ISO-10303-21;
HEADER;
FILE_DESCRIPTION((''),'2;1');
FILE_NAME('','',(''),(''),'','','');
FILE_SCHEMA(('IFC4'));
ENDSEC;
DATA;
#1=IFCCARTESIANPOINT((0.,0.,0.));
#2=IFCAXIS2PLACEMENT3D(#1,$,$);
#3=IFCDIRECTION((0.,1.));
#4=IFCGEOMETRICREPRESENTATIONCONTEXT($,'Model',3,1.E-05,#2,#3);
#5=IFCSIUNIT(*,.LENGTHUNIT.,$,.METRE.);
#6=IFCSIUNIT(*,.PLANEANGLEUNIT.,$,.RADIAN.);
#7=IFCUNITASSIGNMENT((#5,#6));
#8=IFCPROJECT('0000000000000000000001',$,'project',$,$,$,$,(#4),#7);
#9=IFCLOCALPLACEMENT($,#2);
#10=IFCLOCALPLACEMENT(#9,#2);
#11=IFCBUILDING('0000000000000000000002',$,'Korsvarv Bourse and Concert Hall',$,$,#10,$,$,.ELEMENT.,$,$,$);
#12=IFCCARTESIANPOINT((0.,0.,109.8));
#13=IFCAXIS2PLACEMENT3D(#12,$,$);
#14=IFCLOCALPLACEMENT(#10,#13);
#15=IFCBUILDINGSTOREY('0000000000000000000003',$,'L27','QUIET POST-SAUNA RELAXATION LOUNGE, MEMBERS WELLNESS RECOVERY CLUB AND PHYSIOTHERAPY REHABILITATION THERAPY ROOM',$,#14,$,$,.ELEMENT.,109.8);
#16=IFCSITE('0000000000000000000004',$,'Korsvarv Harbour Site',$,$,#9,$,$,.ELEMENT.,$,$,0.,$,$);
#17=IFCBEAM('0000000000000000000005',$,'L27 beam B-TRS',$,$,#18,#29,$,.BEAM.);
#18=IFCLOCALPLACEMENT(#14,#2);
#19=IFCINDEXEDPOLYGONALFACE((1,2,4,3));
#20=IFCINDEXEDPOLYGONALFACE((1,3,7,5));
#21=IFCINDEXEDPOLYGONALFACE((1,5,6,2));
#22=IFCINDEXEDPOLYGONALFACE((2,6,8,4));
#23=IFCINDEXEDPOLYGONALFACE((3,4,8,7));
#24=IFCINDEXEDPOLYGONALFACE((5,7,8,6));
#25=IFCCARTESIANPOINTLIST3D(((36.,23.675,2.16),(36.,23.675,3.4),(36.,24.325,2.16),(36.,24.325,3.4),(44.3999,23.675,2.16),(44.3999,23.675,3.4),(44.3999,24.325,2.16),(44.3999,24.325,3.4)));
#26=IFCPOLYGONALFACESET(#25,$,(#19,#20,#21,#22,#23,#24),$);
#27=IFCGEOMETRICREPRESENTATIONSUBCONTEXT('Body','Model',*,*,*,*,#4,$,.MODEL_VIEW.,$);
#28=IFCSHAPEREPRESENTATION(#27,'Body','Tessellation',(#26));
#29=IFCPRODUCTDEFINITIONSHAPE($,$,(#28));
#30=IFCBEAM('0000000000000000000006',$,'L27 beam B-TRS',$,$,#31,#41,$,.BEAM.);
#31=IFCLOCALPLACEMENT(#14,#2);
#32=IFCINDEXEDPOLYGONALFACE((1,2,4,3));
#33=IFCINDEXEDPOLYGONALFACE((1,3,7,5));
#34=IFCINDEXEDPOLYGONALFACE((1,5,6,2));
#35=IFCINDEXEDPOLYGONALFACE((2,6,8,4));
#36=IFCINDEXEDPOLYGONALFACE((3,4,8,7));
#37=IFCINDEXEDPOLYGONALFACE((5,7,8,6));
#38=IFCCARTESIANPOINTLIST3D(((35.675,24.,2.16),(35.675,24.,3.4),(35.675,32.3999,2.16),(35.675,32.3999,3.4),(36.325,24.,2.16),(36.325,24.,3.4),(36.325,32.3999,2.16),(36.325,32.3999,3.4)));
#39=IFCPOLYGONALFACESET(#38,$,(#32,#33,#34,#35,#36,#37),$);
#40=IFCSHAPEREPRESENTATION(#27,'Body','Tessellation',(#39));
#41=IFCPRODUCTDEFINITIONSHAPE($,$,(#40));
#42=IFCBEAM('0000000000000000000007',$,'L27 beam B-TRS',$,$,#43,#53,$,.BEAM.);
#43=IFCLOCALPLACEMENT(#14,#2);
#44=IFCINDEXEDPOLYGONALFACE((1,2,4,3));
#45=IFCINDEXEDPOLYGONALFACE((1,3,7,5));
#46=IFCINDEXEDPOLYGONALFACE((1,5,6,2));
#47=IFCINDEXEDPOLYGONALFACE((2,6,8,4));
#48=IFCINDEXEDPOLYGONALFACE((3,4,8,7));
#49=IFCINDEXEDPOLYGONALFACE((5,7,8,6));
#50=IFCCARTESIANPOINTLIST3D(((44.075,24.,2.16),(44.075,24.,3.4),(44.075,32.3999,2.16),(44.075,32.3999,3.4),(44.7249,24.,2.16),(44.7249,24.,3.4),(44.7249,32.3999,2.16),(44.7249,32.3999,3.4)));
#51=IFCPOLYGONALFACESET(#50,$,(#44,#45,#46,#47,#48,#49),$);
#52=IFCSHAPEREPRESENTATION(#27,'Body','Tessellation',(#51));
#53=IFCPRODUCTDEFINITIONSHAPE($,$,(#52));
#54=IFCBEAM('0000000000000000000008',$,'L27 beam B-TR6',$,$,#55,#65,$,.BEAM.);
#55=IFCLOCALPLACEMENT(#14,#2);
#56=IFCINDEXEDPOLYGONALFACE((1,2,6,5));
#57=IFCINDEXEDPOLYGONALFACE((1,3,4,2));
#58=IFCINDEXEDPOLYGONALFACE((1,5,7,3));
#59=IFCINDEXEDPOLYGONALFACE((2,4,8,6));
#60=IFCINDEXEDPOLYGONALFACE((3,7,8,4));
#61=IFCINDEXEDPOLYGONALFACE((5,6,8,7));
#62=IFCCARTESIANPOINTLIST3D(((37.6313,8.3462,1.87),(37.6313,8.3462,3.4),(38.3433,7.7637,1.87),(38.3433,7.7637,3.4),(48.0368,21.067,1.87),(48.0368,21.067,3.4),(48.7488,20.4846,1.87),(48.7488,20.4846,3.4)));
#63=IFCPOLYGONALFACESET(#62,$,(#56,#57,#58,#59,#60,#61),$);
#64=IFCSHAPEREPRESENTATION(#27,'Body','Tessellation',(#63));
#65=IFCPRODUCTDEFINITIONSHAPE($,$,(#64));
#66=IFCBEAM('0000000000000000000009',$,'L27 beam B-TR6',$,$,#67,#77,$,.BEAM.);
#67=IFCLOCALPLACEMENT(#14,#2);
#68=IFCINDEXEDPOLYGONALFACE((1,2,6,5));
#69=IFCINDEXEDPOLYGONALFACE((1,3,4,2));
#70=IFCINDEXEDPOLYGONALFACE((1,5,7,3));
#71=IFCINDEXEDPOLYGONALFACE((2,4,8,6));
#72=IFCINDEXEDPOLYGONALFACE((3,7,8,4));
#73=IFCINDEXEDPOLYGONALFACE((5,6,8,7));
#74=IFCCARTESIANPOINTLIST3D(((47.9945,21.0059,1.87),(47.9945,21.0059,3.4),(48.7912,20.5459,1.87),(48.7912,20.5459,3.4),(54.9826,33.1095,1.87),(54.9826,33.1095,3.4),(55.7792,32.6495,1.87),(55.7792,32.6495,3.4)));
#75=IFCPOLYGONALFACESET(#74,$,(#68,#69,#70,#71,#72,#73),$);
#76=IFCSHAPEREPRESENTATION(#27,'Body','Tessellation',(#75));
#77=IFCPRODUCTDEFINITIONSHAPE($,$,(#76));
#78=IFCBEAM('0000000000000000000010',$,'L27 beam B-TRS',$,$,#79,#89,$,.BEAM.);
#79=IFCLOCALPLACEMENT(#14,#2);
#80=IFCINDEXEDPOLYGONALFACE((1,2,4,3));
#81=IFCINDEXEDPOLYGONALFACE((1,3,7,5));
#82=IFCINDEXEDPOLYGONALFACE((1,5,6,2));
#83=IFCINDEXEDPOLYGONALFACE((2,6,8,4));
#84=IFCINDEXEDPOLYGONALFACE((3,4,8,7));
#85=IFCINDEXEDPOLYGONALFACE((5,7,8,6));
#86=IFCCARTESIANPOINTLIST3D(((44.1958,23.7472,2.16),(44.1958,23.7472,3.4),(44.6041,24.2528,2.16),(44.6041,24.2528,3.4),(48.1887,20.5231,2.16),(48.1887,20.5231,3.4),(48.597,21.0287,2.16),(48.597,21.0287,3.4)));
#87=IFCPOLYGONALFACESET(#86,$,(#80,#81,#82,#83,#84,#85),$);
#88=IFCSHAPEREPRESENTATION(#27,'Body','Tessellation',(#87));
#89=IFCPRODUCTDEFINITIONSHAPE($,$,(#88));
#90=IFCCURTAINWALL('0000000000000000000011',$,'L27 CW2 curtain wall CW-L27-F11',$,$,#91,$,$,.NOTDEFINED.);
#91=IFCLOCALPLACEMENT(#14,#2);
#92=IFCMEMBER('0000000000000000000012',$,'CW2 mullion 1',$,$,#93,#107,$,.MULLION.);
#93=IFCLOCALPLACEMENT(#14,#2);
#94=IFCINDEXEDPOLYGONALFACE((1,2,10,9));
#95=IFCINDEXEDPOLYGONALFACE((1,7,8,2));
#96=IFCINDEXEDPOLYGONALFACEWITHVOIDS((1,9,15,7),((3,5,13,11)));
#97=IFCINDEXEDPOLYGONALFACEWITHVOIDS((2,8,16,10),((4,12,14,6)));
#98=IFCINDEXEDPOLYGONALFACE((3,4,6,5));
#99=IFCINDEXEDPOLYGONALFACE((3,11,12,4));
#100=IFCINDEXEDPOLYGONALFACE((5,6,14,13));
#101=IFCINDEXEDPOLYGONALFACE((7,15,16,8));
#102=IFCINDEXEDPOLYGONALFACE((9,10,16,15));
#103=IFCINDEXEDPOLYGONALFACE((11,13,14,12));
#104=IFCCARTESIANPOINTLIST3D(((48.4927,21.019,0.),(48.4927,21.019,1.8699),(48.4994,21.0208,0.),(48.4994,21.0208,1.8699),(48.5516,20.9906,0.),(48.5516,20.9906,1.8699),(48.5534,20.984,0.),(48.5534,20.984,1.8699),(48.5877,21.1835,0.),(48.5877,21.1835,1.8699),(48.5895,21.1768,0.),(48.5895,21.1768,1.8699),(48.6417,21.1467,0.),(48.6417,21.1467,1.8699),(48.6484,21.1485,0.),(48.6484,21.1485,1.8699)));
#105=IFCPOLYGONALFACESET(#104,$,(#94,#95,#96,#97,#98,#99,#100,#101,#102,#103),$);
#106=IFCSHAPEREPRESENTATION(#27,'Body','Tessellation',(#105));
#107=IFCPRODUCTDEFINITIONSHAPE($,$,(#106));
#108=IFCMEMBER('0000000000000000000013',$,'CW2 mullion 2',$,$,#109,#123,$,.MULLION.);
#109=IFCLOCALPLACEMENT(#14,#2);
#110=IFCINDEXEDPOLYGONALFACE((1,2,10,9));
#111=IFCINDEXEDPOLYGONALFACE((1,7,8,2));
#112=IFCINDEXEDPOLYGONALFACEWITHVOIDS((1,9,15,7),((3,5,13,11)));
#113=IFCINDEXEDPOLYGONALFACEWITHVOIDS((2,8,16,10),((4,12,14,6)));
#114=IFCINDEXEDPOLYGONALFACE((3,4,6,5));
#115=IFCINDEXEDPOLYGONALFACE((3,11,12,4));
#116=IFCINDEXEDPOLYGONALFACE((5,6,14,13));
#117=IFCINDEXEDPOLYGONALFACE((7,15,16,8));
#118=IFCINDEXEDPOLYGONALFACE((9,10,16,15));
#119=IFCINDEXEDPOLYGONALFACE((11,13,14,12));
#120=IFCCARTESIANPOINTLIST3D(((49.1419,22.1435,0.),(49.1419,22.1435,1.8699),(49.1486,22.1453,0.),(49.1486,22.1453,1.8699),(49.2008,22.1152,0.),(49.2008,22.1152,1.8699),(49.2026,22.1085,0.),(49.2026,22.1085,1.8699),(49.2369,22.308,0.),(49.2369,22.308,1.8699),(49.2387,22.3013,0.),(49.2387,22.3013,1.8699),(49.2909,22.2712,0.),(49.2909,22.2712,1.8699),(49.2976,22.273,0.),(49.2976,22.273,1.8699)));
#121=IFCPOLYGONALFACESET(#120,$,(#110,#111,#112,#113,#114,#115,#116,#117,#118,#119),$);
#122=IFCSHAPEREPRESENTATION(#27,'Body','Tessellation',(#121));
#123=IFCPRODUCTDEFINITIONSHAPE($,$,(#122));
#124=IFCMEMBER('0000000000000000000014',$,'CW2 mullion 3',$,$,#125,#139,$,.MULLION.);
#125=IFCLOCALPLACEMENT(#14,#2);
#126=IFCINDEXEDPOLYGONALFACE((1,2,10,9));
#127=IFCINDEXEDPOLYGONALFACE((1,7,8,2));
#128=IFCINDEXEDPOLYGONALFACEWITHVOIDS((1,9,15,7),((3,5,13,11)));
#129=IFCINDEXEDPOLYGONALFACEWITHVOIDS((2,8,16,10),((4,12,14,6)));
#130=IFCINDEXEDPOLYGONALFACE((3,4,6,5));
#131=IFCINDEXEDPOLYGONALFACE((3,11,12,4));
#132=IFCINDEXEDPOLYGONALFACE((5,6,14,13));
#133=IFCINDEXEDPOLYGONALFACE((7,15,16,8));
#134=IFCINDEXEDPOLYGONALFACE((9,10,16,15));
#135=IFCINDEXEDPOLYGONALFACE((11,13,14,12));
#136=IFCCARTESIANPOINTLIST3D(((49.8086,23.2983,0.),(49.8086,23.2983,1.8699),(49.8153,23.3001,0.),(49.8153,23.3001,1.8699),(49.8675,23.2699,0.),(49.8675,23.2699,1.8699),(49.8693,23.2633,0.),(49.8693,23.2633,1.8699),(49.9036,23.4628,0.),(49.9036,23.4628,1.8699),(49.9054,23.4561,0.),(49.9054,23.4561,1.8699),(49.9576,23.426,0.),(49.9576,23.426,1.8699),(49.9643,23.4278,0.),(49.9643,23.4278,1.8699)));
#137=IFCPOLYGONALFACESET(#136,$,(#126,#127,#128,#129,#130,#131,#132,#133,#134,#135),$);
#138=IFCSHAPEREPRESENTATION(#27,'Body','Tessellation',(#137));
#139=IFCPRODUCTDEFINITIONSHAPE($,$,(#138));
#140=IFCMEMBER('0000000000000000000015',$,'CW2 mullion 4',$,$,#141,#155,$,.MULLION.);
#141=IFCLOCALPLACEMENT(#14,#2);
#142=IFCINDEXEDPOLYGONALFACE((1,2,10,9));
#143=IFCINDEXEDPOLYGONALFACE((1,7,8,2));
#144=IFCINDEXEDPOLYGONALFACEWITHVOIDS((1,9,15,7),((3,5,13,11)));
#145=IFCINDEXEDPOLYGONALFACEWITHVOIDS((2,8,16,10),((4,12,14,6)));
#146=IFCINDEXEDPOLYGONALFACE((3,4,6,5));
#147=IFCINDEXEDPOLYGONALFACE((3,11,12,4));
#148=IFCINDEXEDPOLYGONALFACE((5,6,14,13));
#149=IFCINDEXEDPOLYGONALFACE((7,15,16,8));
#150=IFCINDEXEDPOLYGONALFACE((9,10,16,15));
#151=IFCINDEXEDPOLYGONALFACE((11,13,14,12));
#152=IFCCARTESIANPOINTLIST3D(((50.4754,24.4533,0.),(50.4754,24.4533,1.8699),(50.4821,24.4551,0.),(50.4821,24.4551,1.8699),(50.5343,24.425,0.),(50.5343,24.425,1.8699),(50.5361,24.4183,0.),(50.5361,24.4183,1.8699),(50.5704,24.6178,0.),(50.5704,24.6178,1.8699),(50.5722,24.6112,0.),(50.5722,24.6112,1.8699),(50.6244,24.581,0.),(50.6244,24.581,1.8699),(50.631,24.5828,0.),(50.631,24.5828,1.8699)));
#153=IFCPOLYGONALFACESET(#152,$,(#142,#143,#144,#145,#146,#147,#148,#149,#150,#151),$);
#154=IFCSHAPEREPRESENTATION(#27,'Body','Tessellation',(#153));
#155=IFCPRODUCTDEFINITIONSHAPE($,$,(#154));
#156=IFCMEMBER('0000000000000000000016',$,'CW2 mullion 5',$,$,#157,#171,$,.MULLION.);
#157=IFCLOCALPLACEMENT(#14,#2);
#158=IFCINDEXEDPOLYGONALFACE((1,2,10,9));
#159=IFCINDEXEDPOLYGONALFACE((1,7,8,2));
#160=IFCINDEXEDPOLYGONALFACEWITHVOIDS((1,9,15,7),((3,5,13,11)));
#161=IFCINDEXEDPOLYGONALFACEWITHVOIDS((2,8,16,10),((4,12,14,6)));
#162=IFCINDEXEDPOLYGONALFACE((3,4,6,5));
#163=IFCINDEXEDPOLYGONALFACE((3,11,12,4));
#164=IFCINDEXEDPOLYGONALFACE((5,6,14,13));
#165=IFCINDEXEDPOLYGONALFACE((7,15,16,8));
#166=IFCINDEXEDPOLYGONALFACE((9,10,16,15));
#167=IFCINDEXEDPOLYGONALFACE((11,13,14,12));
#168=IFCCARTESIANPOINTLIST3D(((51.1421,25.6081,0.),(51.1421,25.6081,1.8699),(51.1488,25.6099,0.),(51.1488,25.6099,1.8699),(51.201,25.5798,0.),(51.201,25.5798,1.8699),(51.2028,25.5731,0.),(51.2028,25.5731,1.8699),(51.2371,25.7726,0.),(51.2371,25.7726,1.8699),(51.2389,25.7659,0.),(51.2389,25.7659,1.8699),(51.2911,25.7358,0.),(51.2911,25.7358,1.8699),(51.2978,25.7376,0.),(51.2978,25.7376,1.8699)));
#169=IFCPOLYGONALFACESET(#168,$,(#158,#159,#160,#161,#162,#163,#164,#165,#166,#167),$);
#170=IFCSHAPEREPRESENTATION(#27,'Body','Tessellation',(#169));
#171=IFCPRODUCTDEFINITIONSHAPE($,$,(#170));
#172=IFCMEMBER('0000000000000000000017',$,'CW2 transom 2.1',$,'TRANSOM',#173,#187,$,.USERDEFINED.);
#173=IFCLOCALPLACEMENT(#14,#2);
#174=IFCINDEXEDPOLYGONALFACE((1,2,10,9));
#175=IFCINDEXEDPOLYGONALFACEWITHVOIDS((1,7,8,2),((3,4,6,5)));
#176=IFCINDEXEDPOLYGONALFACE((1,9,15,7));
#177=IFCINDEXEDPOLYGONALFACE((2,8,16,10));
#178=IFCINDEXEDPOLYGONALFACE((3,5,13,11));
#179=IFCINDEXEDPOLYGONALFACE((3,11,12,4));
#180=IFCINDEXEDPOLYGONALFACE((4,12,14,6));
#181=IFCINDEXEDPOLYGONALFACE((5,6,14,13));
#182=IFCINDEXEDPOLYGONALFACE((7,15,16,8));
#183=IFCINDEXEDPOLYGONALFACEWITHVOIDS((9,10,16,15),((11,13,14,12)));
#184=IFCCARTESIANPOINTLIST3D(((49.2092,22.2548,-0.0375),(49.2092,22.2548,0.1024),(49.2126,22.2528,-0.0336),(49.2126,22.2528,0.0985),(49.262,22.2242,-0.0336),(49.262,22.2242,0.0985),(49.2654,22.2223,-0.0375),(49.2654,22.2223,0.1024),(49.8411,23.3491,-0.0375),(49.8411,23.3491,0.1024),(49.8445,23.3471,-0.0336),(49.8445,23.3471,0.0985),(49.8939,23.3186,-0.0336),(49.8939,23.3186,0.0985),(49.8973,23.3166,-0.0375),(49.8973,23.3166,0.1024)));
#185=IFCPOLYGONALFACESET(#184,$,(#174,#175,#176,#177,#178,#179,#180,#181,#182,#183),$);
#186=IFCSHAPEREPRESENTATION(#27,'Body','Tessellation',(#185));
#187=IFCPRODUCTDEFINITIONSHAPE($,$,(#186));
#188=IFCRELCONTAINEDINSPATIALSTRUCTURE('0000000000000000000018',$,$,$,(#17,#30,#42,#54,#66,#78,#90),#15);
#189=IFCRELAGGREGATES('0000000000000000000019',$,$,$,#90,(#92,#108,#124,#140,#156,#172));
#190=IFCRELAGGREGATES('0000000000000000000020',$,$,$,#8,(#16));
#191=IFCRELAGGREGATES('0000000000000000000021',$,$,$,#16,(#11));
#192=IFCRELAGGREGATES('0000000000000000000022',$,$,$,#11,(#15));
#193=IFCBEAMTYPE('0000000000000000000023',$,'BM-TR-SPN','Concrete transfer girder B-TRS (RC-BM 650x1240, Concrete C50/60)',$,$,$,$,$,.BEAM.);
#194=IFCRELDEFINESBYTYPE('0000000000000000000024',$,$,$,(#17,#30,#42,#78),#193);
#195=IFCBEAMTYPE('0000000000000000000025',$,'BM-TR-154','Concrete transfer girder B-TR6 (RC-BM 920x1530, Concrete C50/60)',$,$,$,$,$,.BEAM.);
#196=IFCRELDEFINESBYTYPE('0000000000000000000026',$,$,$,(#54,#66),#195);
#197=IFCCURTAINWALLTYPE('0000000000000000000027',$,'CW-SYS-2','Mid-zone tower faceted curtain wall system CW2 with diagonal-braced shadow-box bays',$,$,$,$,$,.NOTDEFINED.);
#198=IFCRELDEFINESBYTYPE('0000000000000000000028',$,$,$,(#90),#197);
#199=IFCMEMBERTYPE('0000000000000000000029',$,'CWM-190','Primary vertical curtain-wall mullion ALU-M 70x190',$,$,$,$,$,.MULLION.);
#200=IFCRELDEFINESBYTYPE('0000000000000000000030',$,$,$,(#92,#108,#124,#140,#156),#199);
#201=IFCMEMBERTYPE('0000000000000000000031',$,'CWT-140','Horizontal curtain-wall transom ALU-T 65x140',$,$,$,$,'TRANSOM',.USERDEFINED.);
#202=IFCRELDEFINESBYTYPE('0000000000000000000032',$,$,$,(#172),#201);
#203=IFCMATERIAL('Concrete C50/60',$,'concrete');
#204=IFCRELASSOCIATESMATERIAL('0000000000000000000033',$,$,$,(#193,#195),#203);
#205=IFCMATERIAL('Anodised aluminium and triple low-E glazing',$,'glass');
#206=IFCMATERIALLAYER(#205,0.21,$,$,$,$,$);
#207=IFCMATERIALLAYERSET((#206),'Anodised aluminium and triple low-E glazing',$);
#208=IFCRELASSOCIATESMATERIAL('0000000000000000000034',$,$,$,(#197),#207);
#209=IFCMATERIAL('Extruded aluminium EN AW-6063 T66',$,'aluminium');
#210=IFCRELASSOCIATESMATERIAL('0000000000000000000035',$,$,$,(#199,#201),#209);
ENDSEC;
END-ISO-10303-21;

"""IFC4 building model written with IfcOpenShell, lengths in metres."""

from ifc_helpers import new_model, si_unit, direction, frame, origin, origin_2d, place, context, subcontext, project, spatial, rectangle, hollow_rectangle, extrude, source, transform, mapped, material, layer, layer_set, material_profile, profile_set, type_object, element, aggregate, save


model = new_model("IFC4")

# Units and contexts
model_context = context("Model", 3, precision=1e-05, world=origin(), true_north=direction((0.0, 1.0)))
body_context = subcontext(model_context, "Body", "Model", "MODEL_VIEW")
ifc_project = project(units=[si_unit("LENGTHUNIT", "METRE"), si_unit("PLANEANGLEUNIT", "RADIAN")], contexts=[model_context])

# Site, building, storey
site_placement = place(None, origin())
site = spatial("IfcSite", under=ifc_project, at=site_placement, Name="Korsvarv Harbour Site", CompositionType="ELEMENT", RefElevation=0.0)
building_placement = place(site_placement, origin())
building = spatial("IfcBuilding", under=site, at=building_placement, Name="Korsvarv Bourse and Concert Hall", CompositionType="ELEMENT")
storey_placement = place(building_placement, frame((0.0, 0.0, 109.8)))
storey = spatial("IfcBuildingStorey", under=building, at=storey_placement, Name="L27", Description="QUIET POST-SAUNA RELAXATION LOUNGE, MEMBERS WELLNESS RECOVERY CLUB AND PHYSIOTHERAPY REHABILITATION THERAPY ROOM", CompositionType="ELEMENT", Elevation=109.8)

# Beams
ifc_material_1 = material(Name="Concrete C50/60", Category="concrete")
ifc_material_profile_1 = material_profile(ifc_material_1, rectangle(XDim=0.6499, YDim=1.24, at=origin_2d()), Name="RC-BM 650x1240")
ifc_profile_set_1 = profile_set([ifc_material_profile_1], Name="Concrete C50/60")
beam_type_1 = type_object("IfcBeamType", Name="BM-TR-SPN", Description="Concrete transfer girder B-TRS (RC-BM 650x1240, Concrete C50/60)", PredefinedType="BEAM", material=ifc_profile_set_1)
shared_shape_1 = source(origin(), body_context, "Body", "SweptSolid", [
    extrude(rectangle(XDim=0.6499, YDim=1.24, at=origin_2d()), origin(), (0.0, 0.0, 1.0), 8.3999),
])
for number, where, z_axis, x_axis, name in (
    (1, (36.0, 24.0, 2.78), (1.0, 0.0, 0.0), (0.0, 1.0, 0.0), "L27 beam B-TRS"),
    (2, (36.0, 24.0, 2.78), (0.0, 1.0, 0.0), (-1.0, 0.0, 0.0), "L27 beam B-TRS"),
    (3, (44.3999, 24.0, 2.78), (0.0, 1.0, 0.0), (-1.0, 0.0, 0.0), "L27 beam B-TRS"),
):
    element("IfcBeam", number, at=place(storey_placement, frame(where, z_axis=z_axis, x_axis=x_axis)), inside=storey, type_object=beam_type_1, Name=name, PredefinedType="BEAM", context=body_context, shape_type="MappedRepresentation", body=[
        mapped(shared_shape_1, transform((0.0, 0.0, 0.0), scale=1.0)),
    ])
ifc_material_profile_2 = material_profile(ifc_material_1, rectangle(XDim=0.9199, YDim=1.53, at=origin_2d()), Name="RC-BM 920x1530")
ifc_profile_set_2 = profile_set([ifc_material_profile_2], Name="Concrete C50/60")
beam_type_2 = type_object("IfcBeamType", Name="BM-TR-154", Description="Concrete transfer girder B-TR6 (RC-BM 920x1530, Concrete C50/60)", PredefinedType="BEAM", material=ifc_profile_set_2)
shared_shape_2 = source(origin(), body_context, "Body", "SweptSolid", [
    extrude(rectangle(XDim=0.9199, YDim=1.53, at=origin_2d()), origin(), (0.0, 0.0, 1.0), 16.4346),
])
beam_1_placement = place(storey_placement, frame((37.9873, 8.0549, 2.635), z_axis=(0.633146, 0.774033, 0.0), x_axis=(-0.774033, 0.633146, 0.0)))
element("IfcBeam", 4, at=beam_1_placement, inside=storey, type_object=beam_type_2, Name="L27 beam B-TR6", PredefinedType="BEAM", context=body_context, shape_type="MappedRepresentation", body=[
    mapped(shared_shape_2, transform((0.0, 0.0, 0.0), scale=1.0)),
])
shared_shape_3 = source(origin(), body_context, "Body", "SweptSolid", [
    extrude(rectangle(XDim=0.9199, YDim=1.53, at=origin_2d()), origin(), (0.0, 0.0, 1.0), 13.9761),
])
beam_2_placement = place(storey_placement, frame((48.3928, 20.7759, 2.635), z_axis=(0.500004, 0.866023, 0.0), x_axis=(-0.866023, 0.500004, 0.0)))
element("IfcBeam", 5, at=beam_2_placement, inside=storey, type_object=beam_type_2, Name="L27 beam B-TR6", PredefinedType="BEAM", context=body_context, shape_type="MappedRepresentation", body=[
    mapped(shared_shape_3, transform((0.0, 0.0, 0.0), scale=1.0)),
])
shared_shape_4 = source(origin(), body_context, "Body", "SweptSolid", [
    extrude(rectangle(XDim=0.6499, YDim=1.24, at=origin_2d()), origin(), (0.0, 0.0, 1.0), 5.1321),
])
beam_3_placement = place(storey_placement, frame((48.3928, 20.7759, 2.78), z_axis=(-0.77803, 0.628227, 0.0), x_axis=(-0.628227, -0.77803, 0.0)))
element("IfcBeam", 6, at=beam_3_placement, inside=storey, type_object=beam_type_1, Name="L27 beam B-TRS", PredefinedType="BEAM", context=body_context, shape_type="MappedRepresentation", body=[
    mapped(shared_shape_4, transform((0.0, 0.0, 0.0), scale=1.0)),
])

# Curtain wall, members
ifc_material_2 = material(Name="Anodised aluminium and triple low-E glazing", Category="glass")
ifc_layer_1 = layer(ifc_material_2, 0.21)
ifc_layer_set_1 = layer_set([ifc_layer_1], Name="Anodised aluminium and triple low-E glazing")
curtain_wall_type = type_object("IfcCurtainWallType", Name="CW-SYS-2", Description="Mid-zone tower faceted curtain wall system CW2 with diagonal-braced shadow-box bays", PredefinedType="NOTDEFINED", material=ifc_layer_set_1)
curtain_wall_placement = place(storey_placement, origin())
curtain_wall = element("IfcCurtainWall", 7, at=curtain_wall_placement, inside=storey, type_object=curtain_wall_type, Name="L27 CW2 curtain wall CW-L27-F11", PredefinedType="NOTDEFINED")
ifc_material_3 = material(Name="Extruded aluminium EN AW-6063 T66", Category="aluminium")
ifc_material_profile_3 = material_profile(ifc_material_3, hollow_rectangle(XDim=0.0701, YDim=0.1899, WallThickness=0.0049, at=origin_2d()), Name="ALU-M 70x190")
ifc_profile_set_3 = profile_set([ifc_material_profile_3], Name="Extruded aluminium EN AW-6063 T66")
member_type_1 = type_object("IfcMemberType", Name="CWM-190", Description="Primary vertical curtain-wall mullion ALU-M 70x190", PredefinedType="MULLION", material=ifc_profile_set_3)
shared_shape_5 = source(origin(), body_context, "Body", "SweptSolid", [
    extrude(hollow_rectangle(XDim=0.0701, YDim=0.1899, WallThickness=0.0049, at=origin_2d()), origin(), (0.0, 0.0, 1.0), 1.8699),
])
member_1_placement = place(storey_placement, frame((48.5706, 21.0837, 0.0), z_axis=(0.0, 0.0, 1.0), x_axis=(-0.866022, 0.500006, 0.0)))
member_1 = element("IfcMember", 8, at=member_1_placement, type_object=member_type_1, Name="CW2 mullion 1", PredefinedType="MULLION", context=body_context, shape_type="MappedRepresentation", body=[
    mapped(shared_shape_5, transform((0.0, 0.0, 0.0), scale=1.0)),
])
member_2_placement = place(storey_placement, frame((49.2197, 22.2083, 0.0), z_axis=(0.0, 0.0, 1.0), x_axis=(-0.866022, 0.500006, 0.0)))
member_2 = element("IfcMember", 9, at=member_2_placement, type_object=member_type_1, Name="CW2 mullion 2", PredefinedType="MULLION", context=body_context, shape_type="MappedRepresentation", body=[
    mapped(shared_shape_5, transform((0.0, 0.0, 0.0), scale=1.0)),
])
member_3_placement = place(storey_placement, frame((49.8865, 23.363, 0.0), z_axis=(0.0, 0.0, 1.0), x_axis=(-0.866022, 0.500006, 0.0)))
member_3 = element("IfcMember", 10, at=member_3_placement, type_object=member_type_1, Name="CW2 mullion 3", PredefinedType="MULLION", context=body_context, shape_type="MappedRepresentation", body=[
    mapped(shared_shape_5, transform((0.0, 0.0, 0.0), scale=1.0)),
])
member_4_placement = place(storey_placement, frame((50.5532, 24.5181, 0.0), z_axis=(0.0, 0.0, 1.0), x_axis=(-0.866022, 0.500006, 0.0)))
member_4 = element("IfcMember", 11, at=member_4_placement, type_object=member_type_1, Name="CW2 mullion 4", PredefinedType="MULLION", context=body_context, shape_type="MappedRepresentation", body=[
    mapped(shared_shape_5, transform((0.0, 0.0, 0.0), scale=1.0)),
])
member_5_placement = place(storey_placement, frame((51.22, 25.6729, 0.0), z_axis=(0.0, 0.0, 1.0), x_axis=(-0.866022, 0.500006, 0.0)))
member_5 = element("IfcMember", 12, at=member_5_placement, type_object=member_type_1, Name="CW2 mullion 5", PredefinedType="MULLION", context=body_context, shape_type="MappedRepresentation", body=[
    mapped(shared_shape_5, transform((0.0, 0.0, 0.0), scale=1.0)),
])
ifc_material_profile_4 = material_profile(ifc_material_3, hollow_rectangle(XDim=0.0649, YDim=0.1399, WallThickness=0.0039, at=origin_2d()), Name="ALU-T 65x140")
ifc_profile_set_4 = profile_set([ifc_material_profile_4], Name="Extruded aluminium EN AW-6063 T66")
member_type_2 = type_object("IfcMemberType", Name="CWT-140", Description="Horizontal curtain-wall transom ALU-T 65x140", ElementType="TRANSOM", PredefinedType="USERDEFINED", material=ifc_profile_set_4)
shared_shape_6 = source(origin(), body_context, "Body", "SweptSolid", [
    extrude(hollow_rectangle(XDim=0.0649, YDim=0.1399, WallThickness=0.0039, at=origin_2d()), origin(), (0.0, 0.0, 1.0), 1.2637),
])
member_6_placement = place(storey_placement, frame((49.2373, 22.2385, 0.0325), z_axis=(0.500046, 0.865999, 0.0), x_axis=(-0.865999, 0.500046, 0.0)))
member_6 = element("IfcMember", 13, at=member_6_placement, type_object=member_type_2, Name="CW2 transom 2.1", ObjectType="TRANSOM", PredefinedType="USERDEFINED", context=body_context, shape_type="MappedRepresentation", body=[
    mapped(shared_shape_6, transform((0.0, 0.0, 0.0), scale=1.0)),
])
aggregate(curtain_wall, [member_1, member_2, member_3, member_4, member_5, member_6])

save(model, "model.ifc")
